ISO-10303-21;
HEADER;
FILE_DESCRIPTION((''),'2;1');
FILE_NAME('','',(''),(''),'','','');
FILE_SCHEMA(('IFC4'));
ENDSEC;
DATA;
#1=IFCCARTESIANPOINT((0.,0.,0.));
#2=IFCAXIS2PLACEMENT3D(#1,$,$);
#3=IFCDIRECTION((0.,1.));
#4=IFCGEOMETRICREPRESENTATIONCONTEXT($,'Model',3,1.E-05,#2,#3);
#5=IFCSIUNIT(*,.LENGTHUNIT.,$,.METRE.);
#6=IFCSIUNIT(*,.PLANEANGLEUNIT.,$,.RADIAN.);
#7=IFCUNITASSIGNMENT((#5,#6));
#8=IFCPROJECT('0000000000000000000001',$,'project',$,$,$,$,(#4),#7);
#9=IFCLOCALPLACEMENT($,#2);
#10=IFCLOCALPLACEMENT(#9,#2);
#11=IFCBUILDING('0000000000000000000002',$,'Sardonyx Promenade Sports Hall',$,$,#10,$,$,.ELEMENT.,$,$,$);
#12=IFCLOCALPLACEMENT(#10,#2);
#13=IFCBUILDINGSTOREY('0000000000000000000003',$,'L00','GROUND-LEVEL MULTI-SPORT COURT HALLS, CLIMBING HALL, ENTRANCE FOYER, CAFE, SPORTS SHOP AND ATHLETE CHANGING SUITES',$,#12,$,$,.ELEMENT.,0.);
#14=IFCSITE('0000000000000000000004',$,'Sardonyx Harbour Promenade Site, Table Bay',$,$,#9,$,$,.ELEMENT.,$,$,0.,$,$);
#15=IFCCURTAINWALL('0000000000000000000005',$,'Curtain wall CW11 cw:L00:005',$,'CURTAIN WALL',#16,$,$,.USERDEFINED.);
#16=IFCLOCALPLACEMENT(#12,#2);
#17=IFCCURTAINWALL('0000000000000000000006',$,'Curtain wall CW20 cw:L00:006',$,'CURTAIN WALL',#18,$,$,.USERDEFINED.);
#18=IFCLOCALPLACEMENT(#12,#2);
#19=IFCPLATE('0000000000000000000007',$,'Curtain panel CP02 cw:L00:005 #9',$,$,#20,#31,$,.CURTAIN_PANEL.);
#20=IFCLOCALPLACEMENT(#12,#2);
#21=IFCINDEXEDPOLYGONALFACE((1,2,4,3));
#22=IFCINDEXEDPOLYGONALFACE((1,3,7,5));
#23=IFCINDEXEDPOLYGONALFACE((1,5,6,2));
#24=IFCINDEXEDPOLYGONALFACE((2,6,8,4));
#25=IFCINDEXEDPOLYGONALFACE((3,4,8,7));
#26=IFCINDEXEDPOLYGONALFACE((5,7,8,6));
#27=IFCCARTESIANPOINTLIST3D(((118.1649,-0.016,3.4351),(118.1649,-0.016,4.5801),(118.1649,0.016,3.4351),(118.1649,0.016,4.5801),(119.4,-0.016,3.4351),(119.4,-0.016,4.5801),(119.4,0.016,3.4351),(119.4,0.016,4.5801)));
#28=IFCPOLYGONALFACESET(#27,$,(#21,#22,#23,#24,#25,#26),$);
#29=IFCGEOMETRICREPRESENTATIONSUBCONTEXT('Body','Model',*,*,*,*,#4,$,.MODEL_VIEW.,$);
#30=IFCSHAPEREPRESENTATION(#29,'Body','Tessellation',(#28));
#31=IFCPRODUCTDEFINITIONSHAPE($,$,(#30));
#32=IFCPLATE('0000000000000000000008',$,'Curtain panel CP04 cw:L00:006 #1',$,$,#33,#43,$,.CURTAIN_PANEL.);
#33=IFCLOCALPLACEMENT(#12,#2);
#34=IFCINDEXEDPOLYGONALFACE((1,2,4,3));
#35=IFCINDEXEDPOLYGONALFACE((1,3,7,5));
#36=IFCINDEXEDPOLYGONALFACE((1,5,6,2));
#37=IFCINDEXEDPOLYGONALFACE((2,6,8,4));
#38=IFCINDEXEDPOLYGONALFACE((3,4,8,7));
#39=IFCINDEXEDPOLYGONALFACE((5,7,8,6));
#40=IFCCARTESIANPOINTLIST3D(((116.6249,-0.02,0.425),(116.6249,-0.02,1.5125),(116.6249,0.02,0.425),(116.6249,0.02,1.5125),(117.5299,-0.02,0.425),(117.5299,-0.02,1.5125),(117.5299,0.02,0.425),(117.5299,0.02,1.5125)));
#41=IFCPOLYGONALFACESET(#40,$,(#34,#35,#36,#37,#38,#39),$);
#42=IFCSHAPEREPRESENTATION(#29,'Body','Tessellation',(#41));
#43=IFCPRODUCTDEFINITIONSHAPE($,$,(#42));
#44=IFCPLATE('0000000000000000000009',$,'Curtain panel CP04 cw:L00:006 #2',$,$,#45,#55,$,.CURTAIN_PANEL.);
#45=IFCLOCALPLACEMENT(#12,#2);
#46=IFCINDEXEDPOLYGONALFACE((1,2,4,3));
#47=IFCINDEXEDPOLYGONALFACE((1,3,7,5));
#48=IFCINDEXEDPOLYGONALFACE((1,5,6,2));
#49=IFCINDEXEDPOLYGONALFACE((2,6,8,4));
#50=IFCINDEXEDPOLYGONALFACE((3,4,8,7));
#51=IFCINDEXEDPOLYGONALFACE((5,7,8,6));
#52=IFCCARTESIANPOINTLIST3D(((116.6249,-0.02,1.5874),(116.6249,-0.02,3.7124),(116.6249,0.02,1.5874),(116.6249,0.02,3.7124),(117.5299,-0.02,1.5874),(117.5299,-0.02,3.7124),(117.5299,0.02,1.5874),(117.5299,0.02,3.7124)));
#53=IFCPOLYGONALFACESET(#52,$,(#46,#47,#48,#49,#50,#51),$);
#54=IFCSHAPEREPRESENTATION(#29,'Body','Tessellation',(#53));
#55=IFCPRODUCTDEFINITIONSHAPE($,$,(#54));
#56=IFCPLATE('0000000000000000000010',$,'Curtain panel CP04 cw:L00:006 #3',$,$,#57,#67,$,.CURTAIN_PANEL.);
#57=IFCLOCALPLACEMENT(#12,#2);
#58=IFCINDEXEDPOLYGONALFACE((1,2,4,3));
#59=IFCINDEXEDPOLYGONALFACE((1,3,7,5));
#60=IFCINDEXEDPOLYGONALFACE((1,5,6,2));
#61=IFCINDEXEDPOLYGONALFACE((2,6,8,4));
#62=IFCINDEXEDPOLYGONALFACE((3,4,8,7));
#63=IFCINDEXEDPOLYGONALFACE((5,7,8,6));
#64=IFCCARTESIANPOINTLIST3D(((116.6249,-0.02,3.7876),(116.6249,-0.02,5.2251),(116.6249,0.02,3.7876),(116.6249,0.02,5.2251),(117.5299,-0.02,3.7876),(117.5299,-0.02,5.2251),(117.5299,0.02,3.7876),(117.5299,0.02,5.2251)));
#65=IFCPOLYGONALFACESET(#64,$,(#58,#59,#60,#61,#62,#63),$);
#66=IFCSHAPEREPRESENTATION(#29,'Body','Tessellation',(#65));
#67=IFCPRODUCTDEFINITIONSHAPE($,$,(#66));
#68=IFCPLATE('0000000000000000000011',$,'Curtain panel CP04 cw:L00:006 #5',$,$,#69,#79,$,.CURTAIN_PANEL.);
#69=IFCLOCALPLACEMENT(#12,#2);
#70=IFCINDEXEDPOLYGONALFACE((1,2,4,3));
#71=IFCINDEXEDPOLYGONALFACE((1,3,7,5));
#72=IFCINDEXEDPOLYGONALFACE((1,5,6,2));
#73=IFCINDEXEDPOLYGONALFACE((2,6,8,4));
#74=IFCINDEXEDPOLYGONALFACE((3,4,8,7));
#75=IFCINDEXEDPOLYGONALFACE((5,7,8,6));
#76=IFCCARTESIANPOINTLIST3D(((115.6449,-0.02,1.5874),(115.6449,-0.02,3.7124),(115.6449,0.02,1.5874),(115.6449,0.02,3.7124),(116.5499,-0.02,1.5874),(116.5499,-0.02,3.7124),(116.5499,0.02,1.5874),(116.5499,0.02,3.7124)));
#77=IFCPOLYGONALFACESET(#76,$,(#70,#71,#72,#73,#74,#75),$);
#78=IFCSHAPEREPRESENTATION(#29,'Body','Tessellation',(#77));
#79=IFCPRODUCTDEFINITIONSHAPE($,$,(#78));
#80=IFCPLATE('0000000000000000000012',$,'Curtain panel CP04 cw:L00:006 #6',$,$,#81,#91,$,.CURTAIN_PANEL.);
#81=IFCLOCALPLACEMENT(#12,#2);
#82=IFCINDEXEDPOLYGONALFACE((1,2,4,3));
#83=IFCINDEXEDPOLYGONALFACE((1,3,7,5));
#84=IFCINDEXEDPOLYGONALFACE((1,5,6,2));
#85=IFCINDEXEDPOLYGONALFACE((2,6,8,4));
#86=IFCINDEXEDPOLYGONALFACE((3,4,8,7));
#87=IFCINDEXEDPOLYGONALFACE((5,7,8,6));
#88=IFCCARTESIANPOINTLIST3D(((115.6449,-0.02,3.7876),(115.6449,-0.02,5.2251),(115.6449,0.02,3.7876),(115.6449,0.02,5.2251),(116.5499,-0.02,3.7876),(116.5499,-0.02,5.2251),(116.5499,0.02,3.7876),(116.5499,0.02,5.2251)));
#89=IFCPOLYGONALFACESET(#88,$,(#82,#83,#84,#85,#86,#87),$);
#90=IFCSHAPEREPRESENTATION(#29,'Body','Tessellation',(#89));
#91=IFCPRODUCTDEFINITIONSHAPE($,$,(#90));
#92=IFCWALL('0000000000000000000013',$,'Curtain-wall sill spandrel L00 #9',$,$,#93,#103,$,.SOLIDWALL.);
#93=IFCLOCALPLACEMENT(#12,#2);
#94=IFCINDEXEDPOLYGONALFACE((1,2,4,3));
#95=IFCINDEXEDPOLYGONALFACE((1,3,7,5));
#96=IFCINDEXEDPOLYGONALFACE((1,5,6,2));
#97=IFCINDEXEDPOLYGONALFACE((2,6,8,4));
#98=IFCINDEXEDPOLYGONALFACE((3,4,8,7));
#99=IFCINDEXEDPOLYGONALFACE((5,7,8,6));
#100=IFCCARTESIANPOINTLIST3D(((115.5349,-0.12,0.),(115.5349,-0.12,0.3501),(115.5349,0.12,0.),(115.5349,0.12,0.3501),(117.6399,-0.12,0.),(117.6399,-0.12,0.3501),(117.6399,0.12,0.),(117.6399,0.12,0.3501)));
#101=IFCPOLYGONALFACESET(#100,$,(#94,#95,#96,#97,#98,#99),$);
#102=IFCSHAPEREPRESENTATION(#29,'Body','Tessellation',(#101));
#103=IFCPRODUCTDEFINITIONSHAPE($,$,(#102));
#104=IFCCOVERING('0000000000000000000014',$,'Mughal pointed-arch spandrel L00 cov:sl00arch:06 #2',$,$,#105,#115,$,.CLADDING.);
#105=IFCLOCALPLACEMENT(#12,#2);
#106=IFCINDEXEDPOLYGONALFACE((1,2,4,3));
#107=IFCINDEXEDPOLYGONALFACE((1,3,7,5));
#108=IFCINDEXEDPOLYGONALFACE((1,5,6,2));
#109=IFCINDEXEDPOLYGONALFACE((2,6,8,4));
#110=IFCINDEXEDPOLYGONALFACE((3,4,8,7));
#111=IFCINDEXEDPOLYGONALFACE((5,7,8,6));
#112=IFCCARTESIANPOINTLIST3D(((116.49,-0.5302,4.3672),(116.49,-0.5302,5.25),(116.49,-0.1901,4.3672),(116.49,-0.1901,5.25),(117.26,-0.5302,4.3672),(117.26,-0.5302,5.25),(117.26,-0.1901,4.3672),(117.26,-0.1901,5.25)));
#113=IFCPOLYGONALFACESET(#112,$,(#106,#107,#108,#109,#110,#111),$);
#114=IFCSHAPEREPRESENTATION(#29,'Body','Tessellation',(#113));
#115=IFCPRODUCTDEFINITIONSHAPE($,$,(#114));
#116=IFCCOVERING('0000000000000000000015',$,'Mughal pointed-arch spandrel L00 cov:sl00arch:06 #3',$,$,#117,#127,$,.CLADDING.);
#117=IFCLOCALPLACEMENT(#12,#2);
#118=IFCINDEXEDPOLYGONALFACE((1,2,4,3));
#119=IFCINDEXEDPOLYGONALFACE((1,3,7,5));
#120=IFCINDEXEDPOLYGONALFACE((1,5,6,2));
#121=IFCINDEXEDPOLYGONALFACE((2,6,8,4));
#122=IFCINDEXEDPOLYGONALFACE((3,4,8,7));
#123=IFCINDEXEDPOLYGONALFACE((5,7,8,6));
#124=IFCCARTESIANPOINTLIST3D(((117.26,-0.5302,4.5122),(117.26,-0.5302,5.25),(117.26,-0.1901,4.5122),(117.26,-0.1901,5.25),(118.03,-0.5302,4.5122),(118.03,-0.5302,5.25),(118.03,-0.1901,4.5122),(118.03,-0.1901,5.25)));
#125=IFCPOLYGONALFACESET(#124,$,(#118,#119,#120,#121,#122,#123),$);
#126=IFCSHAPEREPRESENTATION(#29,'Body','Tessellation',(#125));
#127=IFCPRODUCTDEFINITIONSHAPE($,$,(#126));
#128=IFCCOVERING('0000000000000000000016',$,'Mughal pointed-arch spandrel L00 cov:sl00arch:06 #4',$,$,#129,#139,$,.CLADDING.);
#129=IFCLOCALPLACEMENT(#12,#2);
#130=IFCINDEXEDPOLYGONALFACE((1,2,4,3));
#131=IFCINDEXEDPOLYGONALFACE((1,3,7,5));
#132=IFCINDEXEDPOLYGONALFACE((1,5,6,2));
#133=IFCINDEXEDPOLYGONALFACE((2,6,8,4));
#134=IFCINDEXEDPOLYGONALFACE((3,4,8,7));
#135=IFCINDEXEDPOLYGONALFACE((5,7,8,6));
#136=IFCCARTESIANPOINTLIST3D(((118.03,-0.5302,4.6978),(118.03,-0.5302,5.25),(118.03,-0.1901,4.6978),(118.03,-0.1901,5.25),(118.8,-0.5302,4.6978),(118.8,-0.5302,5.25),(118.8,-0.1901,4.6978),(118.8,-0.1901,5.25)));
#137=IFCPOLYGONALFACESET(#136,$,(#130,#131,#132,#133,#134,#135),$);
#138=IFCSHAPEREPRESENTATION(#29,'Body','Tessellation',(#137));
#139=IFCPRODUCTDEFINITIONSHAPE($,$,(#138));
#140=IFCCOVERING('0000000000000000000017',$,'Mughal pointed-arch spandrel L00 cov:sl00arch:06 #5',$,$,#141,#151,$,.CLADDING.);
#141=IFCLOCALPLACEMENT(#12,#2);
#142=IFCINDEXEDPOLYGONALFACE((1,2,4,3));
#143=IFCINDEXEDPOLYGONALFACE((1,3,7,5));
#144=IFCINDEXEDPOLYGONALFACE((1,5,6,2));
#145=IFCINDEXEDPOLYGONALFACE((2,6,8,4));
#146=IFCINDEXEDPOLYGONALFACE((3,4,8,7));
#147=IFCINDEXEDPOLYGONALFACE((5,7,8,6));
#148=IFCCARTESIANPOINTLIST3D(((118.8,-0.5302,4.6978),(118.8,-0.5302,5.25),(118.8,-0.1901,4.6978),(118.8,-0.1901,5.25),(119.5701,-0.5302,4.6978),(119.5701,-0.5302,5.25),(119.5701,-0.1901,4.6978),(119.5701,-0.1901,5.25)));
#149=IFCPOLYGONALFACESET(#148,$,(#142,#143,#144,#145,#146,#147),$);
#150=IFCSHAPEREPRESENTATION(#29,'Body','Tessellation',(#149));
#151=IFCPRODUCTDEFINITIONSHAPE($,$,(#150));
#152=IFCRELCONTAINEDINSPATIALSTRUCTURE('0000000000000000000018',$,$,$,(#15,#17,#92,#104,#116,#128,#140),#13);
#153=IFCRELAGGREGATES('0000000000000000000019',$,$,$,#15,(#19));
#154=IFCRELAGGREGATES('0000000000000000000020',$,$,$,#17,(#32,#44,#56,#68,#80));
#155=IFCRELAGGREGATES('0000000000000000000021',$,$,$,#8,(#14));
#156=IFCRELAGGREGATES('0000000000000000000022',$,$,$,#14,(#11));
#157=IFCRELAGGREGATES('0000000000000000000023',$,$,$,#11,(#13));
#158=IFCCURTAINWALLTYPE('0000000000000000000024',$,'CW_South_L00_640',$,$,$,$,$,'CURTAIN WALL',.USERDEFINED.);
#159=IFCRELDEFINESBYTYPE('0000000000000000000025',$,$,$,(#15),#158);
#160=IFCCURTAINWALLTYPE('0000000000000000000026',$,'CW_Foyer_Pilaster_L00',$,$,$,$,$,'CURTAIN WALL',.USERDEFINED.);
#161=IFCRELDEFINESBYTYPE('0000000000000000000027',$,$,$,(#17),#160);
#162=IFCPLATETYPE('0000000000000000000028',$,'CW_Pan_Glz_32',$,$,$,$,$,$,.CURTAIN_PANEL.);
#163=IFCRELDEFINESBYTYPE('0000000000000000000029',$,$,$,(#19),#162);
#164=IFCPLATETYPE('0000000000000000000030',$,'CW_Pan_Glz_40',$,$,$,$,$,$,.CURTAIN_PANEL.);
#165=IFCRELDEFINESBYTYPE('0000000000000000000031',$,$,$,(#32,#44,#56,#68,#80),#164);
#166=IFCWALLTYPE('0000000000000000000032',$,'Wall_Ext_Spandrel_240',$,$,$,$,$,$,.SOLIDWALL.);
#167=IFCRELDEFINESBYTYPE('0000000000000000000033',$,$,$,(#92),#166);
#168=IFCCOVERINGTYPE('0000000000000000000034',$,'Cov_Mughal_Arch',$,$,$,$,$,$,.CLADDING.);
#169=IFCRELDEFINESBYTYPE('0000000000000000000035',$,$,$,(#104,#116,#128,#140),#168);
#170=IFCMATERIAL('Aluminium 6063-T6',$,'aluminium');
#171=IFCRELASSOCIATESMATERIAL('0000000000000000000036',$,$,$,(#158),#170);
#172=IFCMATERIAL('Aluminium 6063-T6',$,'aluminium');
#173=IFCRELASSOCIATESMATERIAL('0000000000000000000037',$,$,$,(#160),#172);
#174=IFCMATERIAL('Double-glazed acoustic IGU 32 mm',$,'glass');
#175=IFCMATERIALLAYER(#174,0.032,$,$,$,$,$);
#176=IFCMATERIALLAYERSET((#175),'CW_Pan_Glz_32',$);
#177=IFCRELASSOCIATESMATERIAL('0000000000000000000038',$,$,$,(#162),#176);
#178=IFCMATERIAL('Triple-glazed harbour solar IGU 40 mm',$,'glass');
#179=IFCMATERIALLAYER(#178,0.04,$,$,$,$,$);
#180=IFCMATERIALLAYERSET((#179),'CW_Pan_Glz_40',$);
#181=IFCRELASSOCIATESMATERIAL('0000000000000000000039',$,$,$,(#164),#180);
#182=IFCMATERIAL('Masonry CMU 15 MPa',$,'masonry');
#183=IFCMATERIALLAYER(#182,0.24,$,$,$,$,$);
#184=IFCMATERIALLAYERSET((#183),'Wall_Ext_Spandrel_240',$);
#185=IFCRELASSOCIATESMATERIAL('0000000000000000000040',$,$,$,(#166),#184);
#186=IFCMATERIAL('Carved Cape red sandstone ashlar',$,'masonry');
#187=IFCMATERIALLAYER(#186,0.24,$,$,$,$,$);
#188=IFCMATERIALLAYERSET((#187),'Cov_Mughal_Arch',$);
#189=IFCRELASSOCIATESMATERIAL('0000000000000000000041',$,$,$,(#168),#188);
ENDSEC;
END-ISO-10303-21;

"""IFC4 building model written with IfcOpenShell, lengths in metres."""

from ifc_helpers import new_model, si_unit, direction, frame, frame_2d, origin, origin_2d, place, context, subcontext, project, spatial, rectangle, extrude, material, layer, layer_set, type_object, element, aggregate, save


model = new_model("IFC4")

# Units and contexts
model_context = context("Model", 3, precision=1e-05, world=origin(), true_north=direction((0.0, 1.0)))
body_context = subcontext(model_context, "Body", "Model", "MODEL_VIEW")
ifc_project = project(units=[si_unit("LENGTHUNIT", "METRE"), si_unit("PLANEANGLEUNIT", "RADIAN")], contexts=[model_context])

# Site, building, storey
site_placement = place(None, origin())
site = spatial("IfcSite", under=ifc_project, at=site_placement, Name="Sardonyx Harbour Promenade Site, Table Bay", CompositionType="ELEMENT", RefElevation=0.0)
building_placement = place(site_placement, origin())
building = spatial("IfcBuilding", under=site, at=building_placement, Name="Sardonyx Promenade Sports Hall", CompositionType="ELEMENT")
storey_placement = place(building_placement, origin())
storey = spatial("IfcBuildingStorey", under=building, at=storey_placement, Name="L00", Description="GROUND-LEVEL MULTI-SPORT COURT HALLS, CLIMBING HALL, ENTRANCE FOYER, CAFE, SPORTS SHOP AND ATHLETE CHANGING SUITES", CompositionType="ELEMENT", Elevation=0.0)

# Curtain wall
ifc_material_1 = material(Name="Aluminium 6063-T6", Category="aluminium")
curtain_wall_type_1 = type_object("IfcCurtainWallType", Name="CW_South_L00_640", ElementType="CURTAIN WALL", PredefinedType="USERDEFINED", material=ifc_material_1)
curtain_wall_1_placement = place(storey_placement, origin())
curtain_wall_1 = element("IfcCurtainWall", 1, at=curtain_wall_1_placement, inside=storey, type_object=curtain_wall_type_1, Name="Curtain wall CW11 cw:L00:005", ObjectType="CURTAIN WALL", PredefinedType="USERDEFINED")

# Curtain wall
ifc_material_2 = material(Name="Aluminium 6063-T6", Category="aluminium")
curtain_wall_type_2 = type_object("IfcCurtainWallType", Name="CW_Foyer_Pilaster_L00", ElementType="CURTAIN WALL", PredefinedType="USERDEFINED", material=ifc_material_2)
curtain_wall_2_placement = place(storey_placement, origin())
curtain_wall_2 = element("IfcCurtainWall", 2, at=curtain_wall_2_placement, inside=storey, type_object=curtain_wall_type_2, Name="Curtain wall CW20 cw:L00:006", ObjectType="CURTAIN WALL", PredefinedType="USERDEFINED")

# Plates
ifc_material_3 = material(Name="Double-glazed acoustic IGU 32 mm", Category="glass")
ifc_layer_1 = layer(ifc_material_3, 0.032)
ifc_layer_set_1 = layer_set([ifc_layer_1], Name="CW_Pan_Glz_32")
plate_type_1 = type_object("IfcPlateType", Name="CW_Pan_Glz_32", PredefinedType="CURTAIN_PANEL", material=ifc_layer_set_1)
plate_1_placement = place(storey_placement, frame((118.7825, 0.0, 3.4351), z_axis=(0.0, 0.0, 1.0), x_axis=(-1.0, 0.0, 0.0)))
plate_1 = element("IfcPlate", 3, at=plate_1_placement, type_object=plate_type_1, Name="Curtain panel CP02 cw:L00:005 #9", PredefinedType="CURTAIN_PANEL", context=body_context, shape_type="SweptSolid", body=[
    extrude(rectangle(XDim=1.2351, YDim=0.032, at=origin_2d()), origin(), (0.0, 0.0, 1.0), 1.145),
])
aggregate(curtain_wall_1, [plate_1])
ifc_material_4 = material(Name="Triple-glazed harbour solar IGU 40 mm", Category="glass")
ifc_layer_2 = layer(ifc_material_4, 0.04)
ifc_layer_set_2 = layer_set([ifc_layer_2], Name="CW_Pan_Glz_40")
plate_type_2 = type_object("IfcPlateType", Name="CW_Pan_Glz_40", PredefinedType="CURTAIN_PANEL", material=ifc_layer_set_2)
plate_2_placement = place(storey_placement, frame((117.0774, 0.0, 0.425), z_axis=(0.0, 0.0, 1.0), x_axis=(-1.0, 0.0, 0.0)))
plate_2 = element("IfcPlate", 4, at=plate_2_placement, type_object=plate_type_2, Name="Curtain panel CP04 cw:L00:006 #1", PredefinedType="CURTAIN_PANEL", context=body_context, shape_type="SweptSolid", body=[
    extrude(rectangle(XDim=0.905, YDim=0.04, at=origin_2d()), origin(), (0.0, 0.0, 1.0), 1.0874),
])
plate_3_placement = place(storey_placement, frame((117.0774, 0.0, 1.5874), z_axis=(0.0, 0.0, 1.0), x_axis=(-1.0, 0.0, 0.0)))
plate_3 = element("IfcPlate", 5, at=plate_3_placement, type_object=plate_type_2, Name="Curtain panel CP04 cw:L00:006 #2", PredefinedType="CURTAIN_PANEL", context=body_context, shape_type="SweptSolid", body=[
    extrude(rectangle(XDim=0.905, YDim=0.04, at=origin_2d()), origin(), (0.0, 0.0, 1.0), 2.125),
])
plate_4_placement = place(storey_placement, frame((117.0774, 0.0, 3.7876), z_axis=(0.0, 0.0, 1.0), x_axis=(-1.0, 0.0, 0.0)))
plate_4 = element("IfcPlate", 6, at=plate_4_placement, type_object=plate_type_2, Name="Curtain panel CP04 cw:L00:006 #3", PredefinedType="CURTAIN_PANEL", context=body_context, shape_type="SweptSolid", body=[
    extrude(rectangle(XDim=0.905, YDim=0.04, at=origin_2d()), origin(), (0.0, 0.0, 1.0), 1.4375),
])
plate_5_placement = place(storey_placement, frame((116.0974, 0.0, 1.5874), z_axis=(0.0, 0.0, 1.0), x_axis=(-1.0, 0.0, 0.0)))
plate_5 = element("IfcPlate", 7, at=plate_5_placement, type_object=plate_type_2, Name="Curtain panel CP04 cw:L00:006 #5", PredefinedType="CURTAIN_PANEL", context=body_context, shape_type="SweptSolid", body=[
    extrude(rectangle(XDim=0.905, YDim=0.04, at=origin_2d()), origin(), (0.0, 0.0, 1.0), 2.125),
])
plate_6_placement = place(storey_placement, frame((116.0974, 0.0, 3.7876), z_axis=(0.0, 0.0, 1.0), x_axis=(-1.0, 0.0, 0.0)))
plate_6 = element("IfcPlate", 8, at=plate_6_placement, type_object=plate_type_2, Name="Curtain panel CP04 cw:L00:006 #6", PredefinedType="CURTAIN_PANEL", context=body_context, shape_type="SweptSolid", body=[
    extrude(rectangle(XDim=0.905, YDim=0.04, at=origin_2d()), origin(), (0.0, 0.0, 1.0), 1.4375),
])
aggregate(curtain_wall_2, [plate_2, plate_3, plate_4, plate_5, plate_6])

# Wall
ifc_material_5 = material(Name="Masonry CMU 15 MPa", Category="masonry")
ifc_layer_3 = layer(ifc_material_5, 0.24)
ifc_layer_set_3 = layer_set([ifc_layer_3], Name="Wall_Ext_Spandrel_240")
wall_type = type_object("IfcWallType", Name="Wall_Ext_Spandrel_240", PredefinedType="SOLIDWALL", material=ifc_layer_set_3)
wall_placement = place(storey_placement, frame((117.6399, 0.0, 0.0), z_axis=(0.0, 0.0, 1.0), x_axis=(-1.0, 0.0, 0.0)))
element("IfcWall", 9, at=wall_placement, inside=storey, type_object=wall_type, Name="Curtain-wall sill spandrel L00 #9", PredefinedType="SOLIDWALL", context=body_context, shape_type="SweptSolid", body=[
    extrude(rectangle(XDim=2.105, YDim=0.24, at=frame_2d((1.0525, 0.0))), origin(), (0.0, 0.0, 1.0), 0.3501),
])

# Coverings
ifc_material_6 = material(Name="Carved Cape red sandstone ashlar", Category="masonry")
ifc_layer_4 = layer(ifc_material_6, 0.24)
ifc_layer_set_4 = layer_set([ifc_layer_4], Name="Cov_Mughal_Arch")
covering_type = type_object("IfcCoveringType", Name="Cov_Mughal_Arch", PredefinedType="CLADDING", material=ifc_layer_set_4)
covering_1_placement = place(storey_placement, frame((116.49, -0.3601, 4.3672), z_axis=(0.0, 0.0, 1.0), x_axis=(1.0, 0.0, 0.0)))
element("IfcCovering", 10, at=covering_1_placement, inside=storey, type_object=covering_type, Name="Mughal pointed-arch spandrel L00 cov:sl00arch:06 #2", PredefinedType="CLADDING", context=body_context, shape_type="SweptSolid", body=[
    extrude(rectangle(XDim=0.77, YDim=0.3401, at=frame_2d((0.385, 0.0))), origin(), (0.0, 0.0, 1.0), 0.8828),
])
covering_2_placement = place(storey_placement, frame((117.26, -0.3601, 4.5122), z_axis=(0.0, 0.0, 1.0), x_axis=(1.0, 0.0, 0.0)))
element("IfcCovering", 11, at=covering_2_placement, inside=storey, type_object=covering_type, Name="Mughal pointed-arch spandrel L00 cov:sl00arch:06 #3", PredefinedType="CLADDING", context=body_context, shape_type="SweptSolid", body=[
    extrude(rectangle(XDim=0.77, YDim=0.3401, at=frame_2d((0.385, 0.0))), origin(), (0.0, 0.0, 1.0), 0.7378),
])
for number, where, z_axis, x_axis, name in (
    (12, (118.03, -0.3601, 4.6978), (0.0, 0.0, 1.0), (1.0, 0.0, 0.0), "Mughal pointed-arch spandrel L00 cov:sl00arch:06 #4"),
    (13, (118.8, -0.3601, 4.6978), (0.0, 0.0, 1.0), (1.0, 0.0, 0.0), "Mughal pointed-arch spandrel L00 cov:sl00arch:06 #5"),
):
    element("IfcCovering", number, at=place(storey_placement, frame(where, z_axis=z_axis, x_axis=x_axis)), inside=storey, type_object=covering_type, Name=name, PredefinedType="CLADDING", context=body_context, shape_type="SweptSolid", body=[
        extrude(rectangle(XDim=0.77, YDim=0.3401, at=frame_2d((0.385, 0.0))), origin(), (0.0, 0.0, 1.0), 0.5522),
    ])

save(model, "model.ifc")
